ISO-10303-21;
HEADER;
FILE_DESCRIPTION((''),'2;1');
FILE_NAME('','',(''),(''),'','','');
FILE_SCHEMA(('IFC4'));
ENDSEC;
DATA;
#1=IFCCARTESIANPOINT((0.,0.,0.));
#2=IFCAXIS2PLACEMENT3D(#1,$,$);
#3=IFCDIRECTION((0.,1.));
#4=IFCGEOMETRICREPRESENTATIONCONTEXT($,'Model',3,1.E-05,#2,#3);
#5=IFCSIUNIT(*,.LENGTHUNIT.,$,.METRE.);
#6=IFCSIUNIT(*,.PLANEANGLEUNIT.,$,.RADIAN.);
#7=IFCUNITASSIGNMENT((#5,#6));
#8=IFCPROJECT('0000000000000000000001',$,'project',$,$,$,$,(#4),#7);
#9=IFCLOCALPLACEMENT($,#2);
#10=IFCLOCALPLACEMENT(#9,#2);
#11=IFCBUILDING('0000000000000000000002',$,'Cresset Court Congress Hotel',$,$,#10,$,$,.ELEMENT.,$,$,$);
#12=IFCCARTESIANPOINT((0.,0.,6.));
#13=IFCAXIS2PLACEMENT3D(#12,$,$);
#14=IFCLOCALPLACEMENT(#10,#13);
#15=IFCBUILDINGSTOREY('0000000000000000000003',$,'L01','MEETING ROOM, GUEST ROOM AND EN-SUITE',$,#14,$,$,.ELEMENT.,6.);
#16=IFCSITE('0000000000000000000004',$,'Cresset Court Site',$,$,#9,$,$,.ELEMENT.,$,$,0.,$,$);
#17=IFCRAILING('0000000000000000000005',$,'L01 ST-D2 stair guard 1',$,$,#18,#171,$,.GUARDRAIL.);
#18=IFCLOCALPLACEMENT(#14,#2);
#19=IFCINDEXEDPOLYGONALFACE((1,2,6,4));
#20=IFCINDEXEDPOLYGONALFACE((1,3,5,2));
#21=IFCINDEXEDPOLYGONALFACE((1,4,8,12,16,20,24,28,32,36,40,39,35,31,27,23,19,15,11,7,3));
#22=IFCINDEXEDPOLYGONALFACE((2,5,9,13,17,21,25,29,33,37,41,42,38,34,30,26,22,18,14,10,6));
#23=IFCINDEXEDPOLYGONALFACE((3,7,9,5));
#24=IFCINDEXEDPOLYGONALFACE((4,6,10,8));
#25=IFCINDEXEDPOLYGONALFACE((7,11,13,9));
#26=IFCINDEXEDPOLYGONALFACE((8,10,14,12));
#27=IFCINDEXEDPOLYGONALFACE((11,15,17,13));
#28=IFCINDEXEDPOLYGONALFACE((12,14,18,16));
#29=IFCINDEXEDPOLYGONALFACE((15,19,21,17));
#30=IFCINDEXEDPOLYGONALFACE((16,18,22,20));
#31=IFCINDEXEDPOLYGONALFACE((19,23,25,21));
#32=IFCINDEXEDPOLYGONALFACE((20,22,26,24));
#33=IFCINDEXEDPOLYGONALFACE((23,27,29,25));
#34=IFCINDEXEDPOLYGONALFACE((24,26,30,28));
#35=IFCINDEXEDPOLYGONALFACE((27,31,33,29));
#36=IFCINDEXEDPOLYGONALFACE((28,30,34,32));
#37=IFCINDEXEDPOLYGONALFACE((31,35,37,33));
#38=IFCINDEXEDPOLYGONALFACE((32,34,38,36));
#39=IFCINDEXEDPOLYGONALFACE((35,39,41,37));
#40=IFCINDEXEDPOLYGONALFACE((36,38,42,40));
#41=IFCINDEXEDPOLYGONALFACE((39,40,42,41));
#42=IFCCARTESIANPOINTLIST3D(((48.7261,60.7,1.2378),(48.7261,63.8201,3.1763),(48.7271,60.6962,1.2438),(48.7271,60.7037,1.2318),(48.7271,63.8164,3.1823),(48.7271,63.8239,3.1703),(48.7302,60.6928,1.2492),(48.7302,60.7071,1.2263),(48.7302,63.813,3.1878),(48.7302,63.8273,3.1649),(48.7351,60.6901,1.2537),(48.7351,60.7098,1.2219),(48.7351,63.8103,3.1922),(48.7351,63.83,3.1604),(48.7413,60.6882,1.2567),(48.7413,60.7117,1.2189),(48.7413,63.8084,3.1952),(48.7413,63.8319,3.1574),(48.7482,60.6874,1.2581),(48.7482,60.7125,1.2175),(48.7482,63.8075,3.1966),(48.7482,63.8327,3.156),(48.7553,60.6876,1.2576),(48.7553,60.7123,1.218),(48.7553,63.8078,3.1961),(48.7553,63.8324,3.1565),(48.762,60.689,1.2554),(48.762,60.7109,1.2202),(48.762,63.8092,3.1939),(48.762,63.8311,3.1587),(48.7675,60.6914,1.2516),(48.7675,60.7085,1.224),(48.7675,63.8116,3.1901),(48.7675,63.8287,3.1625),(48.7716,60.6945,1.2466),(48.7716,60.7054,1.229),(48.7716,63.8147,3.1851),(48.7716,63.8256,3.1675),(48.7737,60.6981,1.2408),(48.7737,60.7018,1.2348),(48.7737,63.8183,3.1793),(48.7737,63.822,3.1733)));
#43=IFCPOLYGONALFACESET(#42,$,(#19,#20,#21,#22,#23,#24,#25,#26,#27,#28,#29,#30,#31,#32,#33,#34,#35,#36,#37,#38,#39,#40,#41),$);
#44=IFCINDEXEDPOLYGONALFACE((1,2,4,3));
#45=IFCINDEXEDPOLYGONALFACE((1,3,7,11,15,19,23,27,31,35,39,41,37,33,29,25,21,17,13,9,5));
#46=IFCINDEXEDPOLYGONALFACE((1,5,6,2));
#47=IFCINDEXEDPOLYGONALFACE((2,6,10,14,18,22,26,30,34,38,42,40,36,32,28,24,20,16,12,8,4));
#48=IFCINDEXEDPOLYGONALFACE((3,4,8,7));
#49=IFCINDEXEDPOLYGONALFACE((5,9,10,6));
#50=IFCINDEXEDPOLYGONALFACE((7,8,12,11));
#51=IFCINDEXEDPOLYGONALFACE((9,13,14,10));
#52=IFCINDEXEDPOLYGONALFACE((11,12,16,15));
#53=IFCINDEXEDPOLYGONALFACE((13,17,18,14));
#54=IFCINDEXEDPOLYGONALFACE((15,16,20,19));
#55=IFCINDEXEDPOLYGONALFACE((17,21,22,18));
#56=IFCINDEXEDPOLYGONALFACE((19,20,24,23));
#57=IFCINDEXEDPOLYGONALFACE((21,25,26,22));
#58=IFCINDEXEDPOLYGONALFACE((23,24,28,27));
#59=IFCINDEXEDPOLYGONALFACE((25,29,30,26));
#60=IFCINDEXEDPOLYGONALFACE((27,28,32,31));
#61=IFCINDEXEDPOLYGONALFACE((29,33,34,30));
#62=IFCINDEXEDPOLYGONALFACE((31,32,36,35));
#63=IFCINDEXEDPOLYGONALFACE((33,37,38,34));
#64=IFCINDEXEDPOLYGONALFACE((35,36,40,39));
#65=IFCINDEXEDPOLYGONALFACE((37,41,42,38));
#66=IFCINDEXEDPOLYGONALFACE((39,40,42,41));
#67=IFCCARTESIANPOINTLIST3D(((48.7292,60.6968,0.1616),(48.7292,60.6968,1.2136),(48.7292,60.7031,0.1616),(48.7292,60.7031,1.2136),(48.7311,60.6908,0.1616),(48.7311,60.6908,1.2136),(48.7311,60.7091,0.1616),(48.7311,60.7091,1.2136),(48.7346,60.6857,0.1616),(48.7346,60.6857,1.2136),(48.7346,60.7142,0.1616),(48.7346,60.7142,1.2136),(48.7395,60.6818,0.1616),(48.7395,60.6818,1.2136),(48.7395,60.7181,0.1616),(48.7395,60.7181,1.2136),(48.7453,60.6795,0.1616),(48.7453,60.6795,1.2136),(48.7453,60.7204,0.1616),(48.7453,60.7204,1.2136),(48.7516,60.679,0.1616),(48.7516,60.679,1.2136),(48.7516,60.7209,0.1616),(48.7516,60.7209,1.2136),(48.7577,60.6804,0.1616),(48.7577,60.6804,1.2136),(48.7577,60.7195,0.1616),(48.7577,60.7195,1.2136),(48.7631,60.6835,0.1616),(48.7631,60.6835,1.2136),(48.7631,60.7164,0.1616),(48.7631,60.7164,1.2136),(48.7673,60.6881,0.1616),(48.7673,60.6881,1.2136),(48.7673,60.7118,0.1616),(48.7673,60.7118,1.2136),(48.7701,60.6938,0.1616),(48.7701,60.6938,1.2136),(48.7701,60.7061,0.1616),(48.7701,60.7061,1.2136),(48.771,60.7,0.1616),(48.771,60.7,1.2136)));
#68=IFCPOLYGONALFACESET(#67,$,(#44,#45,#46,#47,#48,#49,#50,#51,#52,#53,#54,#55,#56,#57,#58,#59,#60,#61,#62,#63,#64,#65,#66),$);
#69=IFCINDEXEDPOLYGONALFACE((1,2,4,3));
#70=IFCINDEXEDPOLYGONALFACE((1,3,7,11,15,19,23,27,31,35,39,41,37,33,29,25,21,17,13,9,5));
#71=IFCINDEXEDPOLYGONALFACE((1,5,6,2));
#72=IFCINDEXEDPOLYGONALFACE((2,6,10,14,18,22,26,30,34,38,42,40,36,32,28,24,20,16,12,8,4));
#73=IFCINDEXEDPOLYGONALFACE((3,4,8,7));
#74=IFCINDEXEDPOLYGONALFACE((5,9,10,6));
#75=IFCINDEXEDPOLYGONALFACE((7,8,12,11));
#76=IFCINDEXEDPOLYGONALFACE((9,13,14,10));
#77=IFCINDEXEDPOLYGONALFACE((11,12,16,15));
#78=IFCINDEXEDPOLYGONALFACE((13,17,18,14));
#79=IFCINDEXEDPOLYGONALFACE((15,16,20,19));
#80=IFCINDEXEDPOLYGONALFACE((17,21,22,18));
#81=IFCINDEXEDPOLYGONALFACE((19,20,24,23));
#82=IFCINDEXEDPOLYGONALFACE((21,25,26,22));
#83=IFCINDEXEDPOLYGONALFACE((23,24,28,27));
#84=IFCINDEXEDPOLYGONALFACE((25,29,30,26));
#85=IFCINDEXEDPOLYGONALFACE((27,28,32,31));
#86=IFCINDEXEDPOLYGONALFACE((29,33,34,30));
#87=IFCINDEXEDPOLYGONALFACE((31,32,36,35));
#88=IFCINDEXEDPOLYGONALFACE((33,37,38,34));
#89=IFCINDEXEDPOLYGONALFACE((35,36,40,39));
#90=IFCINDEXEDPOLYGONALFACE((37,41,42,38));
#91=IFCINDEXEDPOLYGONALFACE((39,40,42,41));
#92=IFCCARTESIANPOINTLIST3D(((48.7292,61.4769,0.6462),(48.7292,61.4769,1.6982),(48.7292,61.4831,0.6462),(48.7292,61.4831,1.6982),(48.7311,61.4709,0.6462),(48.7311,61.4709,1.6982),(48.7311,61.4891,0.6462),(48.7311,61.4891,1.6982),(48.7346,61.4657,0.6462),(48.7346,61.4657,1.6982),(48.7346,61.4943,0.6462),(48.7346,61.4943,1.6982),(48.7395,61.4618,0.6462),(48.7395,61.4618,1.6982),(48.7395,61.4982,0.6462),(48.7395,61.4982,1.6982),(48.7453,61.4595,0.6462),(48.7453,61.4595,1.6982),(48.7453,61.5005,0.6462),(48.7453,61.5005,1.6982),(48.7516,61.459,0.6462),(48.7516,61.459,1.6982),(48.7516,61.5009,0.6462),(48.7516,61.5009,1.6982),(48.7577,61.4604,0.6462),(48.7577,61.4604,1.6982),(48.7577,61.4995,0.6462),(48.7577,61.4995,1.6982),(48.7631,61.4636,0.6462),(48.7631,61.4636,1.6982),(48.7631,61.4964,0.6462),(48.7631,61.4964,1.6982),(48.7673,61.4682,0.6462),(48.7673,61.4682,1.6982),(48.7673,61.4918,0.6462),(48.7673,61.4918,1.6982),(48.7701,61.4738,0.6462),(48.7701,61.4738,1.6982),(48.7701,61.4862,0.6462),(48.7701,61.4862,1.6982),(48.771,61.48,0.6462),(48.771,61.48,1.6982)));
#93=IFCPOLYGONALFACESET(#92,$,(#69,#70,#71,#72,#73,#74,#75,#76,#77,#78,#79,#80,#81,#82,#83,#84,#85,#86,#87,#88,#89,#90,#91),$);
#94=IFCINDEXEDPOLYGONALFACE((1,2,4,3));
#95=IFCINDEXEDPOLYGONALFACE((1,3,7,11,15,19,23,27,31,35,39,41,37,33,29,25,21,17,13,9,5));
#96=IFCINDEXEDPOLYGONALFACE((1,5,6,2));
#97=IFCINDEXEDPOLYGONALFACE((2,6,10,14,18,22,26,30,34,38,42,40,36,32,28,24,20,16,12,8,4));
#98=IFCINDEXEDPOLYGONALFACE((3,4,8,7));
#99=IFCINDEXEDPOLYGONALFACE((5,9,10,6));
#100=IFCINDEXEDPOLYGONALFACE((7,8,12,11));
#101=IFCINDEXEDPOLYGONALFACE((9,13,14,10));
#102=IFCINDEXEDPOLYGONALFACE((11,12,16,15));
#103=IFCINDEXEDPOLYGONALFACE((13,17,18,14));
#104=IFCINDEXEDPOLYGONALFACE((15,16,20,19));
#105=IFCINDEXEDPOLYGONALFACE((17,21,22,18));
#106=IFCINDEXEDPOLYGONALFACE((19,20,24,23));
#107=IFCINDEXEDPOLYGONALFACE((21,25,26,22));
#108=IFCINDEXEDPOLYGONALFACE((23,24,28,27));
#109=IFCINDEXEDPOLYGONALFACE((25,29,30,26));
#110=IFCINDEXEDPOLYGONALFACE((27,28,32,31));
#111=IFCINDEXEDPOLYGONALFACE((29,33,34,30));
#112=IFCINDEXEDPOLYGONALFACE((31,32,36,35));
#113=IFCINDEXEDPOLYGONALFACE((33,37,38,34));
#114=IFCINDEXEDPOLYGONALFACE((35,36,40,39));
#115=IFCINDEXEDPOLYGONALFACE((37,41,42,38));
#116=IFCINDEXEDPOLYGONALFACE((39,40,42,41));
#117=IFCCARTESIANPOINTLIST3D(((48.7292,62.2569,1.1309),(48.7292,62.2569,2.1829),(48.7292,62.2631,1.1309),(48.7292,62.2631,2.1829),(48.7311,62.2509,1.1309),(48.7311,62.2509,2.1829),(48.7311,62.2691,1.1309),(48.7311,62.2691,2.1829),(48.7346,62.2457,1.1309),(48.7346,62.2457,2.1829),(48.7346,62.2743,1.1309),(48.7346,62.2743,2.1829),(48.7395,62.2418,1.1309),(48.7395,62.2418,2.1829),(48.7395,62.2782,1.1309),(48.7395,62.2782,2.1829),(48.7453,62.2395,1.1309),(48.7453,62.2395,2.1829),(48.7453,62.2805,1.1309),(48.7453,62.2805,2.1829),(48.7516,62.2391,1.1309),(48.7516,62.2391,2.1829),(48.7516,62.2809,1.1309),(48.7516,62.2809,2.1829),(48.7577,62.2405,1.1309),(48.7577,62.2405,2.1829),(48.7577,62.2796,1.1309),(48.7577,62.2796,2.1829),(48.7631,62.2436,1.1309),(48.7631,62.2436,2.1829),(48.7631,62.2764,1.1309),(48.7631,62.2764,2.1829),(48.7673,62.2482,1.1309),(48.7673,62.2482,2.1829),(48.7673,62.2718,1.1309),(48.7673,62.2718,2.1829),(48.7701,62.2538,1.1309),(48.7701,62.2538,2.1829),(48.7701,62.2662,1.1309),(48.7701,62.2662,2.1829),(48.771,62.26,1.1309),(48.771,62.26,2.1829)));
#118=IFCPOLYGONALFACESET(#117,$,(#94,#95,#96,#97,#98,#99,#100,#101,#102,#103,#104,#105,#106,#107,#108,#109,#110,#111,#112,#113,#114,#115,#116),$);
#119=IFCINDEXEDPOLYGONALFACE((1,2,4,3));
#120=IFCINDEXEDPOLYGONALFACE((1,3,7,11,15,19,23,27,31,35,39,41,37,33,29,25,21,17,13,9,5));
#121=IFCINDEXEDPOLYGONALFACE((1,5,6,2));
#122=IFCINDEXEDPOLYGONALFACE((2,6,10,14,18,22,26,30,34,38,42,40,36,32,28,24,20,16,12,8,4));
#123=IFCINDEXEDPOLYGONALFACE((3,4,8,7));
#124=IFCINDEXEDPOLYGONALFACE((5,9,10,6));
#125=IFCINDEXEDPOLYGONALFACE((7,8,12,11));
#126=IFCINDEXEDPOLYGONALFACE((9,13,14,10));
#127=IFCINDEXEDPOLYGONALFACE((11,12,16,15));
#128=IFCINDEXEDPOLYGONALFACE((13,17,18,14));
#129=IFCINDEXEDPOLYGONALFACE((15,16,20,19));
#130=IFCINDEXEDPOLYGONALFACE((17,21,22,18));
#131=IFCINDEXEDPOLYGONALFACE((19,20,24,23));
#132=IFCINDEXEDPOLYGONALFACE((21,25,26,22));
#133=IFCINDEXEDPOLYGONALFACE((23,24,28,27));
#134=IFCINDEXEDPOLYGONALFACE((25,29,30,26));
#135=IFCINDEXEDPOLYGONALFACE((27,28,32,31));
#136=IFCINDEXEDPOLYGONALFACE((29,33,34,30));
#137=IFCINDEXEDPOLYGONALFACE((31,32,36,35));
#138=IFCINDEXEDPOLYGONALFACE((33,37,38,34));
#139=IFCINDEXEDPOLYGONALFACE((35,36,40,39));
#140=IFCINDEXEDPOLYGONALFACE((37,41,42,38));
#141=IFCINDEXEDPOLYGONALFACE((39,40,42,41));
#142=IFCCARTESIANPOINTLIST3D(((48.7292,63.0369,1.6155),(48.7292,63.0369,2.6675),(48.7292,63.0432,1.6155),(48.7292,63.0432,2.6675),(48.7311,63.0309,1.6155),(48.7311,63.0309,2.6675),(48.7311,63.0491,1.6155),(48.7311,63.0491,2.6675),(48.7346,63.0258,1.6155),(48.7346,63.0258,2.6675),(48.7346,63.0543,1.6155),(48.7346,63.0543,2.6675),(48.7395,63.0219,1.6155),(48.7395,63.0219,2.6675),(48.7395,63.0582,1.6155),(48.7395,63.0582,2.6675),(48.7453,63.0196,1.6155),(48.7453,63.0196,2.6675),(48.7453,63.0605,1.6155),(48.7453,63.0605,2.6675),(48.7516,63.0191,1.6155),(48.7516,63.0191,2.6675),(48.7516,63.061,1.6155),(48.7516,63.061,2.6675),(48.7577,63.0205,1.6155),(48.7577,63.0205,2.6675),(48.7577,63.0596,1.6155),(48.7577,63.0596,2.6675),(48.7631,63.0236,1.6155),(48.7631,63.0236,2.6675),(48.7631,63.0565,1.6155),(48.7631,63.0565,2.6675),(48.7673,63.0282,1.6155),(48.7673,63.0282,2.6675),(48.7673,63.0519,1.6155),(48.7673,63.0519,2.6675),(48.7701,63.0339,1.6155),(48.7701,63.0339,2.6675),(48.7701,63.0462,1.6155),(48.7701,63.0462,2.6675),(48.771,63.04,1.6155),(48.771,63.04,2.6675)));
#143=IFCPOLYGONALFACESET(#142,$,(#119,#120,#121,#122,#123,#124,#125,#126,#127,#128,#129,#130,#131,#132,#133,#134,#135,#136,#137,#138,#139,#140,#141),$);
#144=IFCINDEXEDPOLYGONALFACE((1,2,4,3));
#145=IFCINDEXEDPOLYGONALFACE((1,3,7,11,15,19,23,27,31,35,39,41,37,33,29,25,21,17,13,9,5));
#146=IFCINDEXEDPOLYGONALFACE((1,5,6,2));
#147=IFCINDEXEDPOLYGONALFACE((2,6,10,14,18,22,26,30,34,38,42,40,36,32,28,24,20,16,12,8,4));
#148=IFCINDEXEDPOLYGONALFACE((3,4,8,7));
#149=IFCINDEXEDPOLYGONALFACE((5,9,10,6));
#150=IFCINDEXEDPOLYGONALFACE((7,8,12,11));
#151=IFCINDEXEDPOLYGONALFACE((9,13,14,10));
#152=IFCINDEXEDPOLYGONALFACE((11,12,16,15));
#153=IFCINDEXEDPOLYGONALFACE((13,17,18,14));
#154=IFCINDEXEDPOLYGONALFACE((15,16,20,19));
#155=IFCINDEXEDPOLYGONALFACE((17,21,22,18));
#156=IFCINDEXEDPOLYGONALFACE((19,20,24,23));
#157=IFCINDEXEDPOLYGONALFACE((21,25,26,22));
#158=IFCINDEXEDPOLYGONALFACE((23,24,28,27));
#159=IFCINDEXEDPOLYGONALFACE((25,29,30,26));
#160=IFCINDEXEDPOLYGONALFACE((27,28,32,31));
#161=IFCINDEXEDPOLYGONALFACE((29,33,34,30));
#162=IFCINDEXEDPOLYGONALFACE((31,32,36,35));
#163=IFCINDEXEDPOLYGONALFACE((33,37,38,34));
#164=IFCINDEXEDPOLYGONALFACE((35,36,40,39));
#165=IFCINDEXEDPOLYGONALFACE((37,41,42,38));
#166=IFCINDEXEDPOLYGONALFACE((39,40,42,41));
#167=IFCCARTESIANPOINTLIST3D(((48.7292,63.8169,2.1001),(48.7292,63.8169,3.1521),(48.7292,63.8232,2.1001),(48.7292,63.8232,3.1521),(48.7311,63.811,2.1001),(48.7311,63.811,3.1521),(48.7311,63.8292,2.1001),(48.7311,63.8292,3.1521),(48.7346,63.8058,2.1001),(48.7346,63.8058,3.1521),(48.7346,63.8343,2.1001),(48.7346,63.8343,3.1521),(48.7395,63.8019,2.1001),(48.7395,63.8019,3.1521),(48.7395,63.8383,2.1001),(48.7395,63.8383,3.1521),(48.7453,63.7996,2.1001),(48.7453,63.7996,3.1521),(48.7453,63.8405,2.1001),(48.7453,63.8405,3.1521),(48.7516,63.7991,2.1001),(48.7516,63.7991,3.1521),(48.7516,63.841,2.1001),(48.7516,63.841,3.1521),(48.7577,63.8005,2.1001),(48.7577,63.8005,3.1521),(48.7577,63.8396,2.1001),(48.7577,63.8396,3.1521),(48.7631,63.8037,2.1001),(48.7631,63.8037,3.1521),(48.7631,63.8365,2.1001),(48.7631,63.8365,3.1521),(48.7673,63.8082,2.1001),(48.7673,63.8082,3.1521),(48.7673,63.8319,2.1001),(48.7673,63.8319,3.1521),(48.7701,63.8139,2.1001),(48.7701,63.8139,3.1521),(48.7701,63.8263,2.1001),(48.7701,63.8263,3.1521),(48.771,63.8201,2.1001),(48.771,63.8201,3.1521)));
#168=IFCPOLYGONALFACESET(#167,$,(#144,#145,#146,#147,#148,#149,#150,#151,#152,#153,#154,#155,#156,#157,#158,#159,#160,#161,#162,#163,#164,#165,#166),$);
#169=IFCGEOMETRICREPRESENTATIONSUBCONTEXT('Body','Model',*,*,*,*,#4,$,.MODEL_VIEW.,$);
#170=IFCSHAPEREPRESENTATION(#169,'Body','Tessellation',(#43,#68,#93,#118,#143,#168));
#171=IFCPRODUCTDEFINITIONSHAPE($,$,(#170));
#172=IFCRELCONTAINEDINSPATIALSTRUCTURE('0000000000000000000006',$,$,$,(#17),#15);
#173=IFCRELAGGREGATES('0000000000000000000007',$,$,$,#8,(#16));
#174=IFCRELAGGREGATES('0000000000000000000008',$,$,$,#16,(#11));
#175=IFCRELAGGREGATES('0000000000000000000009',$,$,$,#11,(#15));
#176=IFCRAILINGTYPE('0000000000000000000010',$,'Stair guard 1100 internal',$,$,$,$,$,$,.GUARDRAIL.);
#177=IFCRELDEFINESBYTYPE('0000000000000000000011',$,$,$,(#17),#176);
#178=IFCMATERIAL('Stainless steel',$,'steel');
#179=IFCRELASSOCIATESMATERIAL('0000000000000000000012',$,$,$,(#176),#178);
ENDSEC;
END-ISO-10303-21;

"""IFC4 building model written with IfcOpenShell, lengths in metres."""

from ifc_helpers import new_model, si_unit, direction, frame, origin, origin_2d, place, context, subcontext, project, spatial, circle, extrude, material, type_object, element, save


model = new_model("IFC4")

# Units and contexts
model_context = context("Model", 3, precision=1e-05, world=origin(), true_north=direction((0.0, 1.0)))
body_context = subcontext(model_context, "Body", "Model", "MODEL_VIEW")
ifc_project = project(units=[si_unit("LENGTHUNIT", "METRE"), si_unit("PLANEANGLEUNIT", "RADIAN")], contexts=[model_context])

# Site, building, storey
site_placement = place(None, origin())
site = spatial("IfcSite", under=ifc_project, at=site_placement, Name="Cresset Court Site", CompositionType="ELEMENT", RefElevation=0.0)
building_placement = place(site_placement, origin())
building = spatial("IfcBuilding", under=site, at=building_placement, Name="Cresset Court Congress Hotel", CompositionType="ELEMENT")
storey_placement = place(building_placement, frame((0.0, 0.0, 6.0)))
storey = spatial("IfcBuildingStorey", under=building, at=storey_placement, Name="L01", Description="MEETING ROOM, GUEST ROOM AND EN-SUITE", CompositionType="ELEMENT", Elevation=6.0)

# Railing
ifc_material_1 = material(Name="Stainless steel", Category="steel")
railing_type_1 = type_object("IfcRailingType", Name="Stair guard 1100 internal", PredefinedType="GUARDRAIL", material=ifc_material_1)
railing_1_placement = place(storey_placement, frame((48.75, 60.7, 0.1616)))
element("IfcRailing", 1, at=railing_1_placement, inside=storey, type_object=railing_type_1, Name="L01 ST-D2 stair guard 1", PredefinedType="GUARDRAIL", context=body_context, shape_type="SweptSolid", body=[
    extrude(circle(Radius=0.0239, at=origin_2d()), frame((0.0, 0.0, 1.0762), z_axis=(0.0, 0.849414, 0.527727), x_axis=(-1.0, 0.0, 0.0)), (0.0, 0.0, 1.0), 3.6733),
    extrude(circle(Radius=0.021, at=origin_2d()), origin(), (0.0, 0.0, 1.0), 1.052),
    extrude(circle(Radius=0.021, at=origin_2d()), frame((0.0, 0.78, 0.4846)), (0.0, 0.0, 1.0), 1.052),
    extrude(circle(Radius=0.021, at=origin_2d()), frame((0.0, 1.5601, 0.9692)), (0.0, 0.0, 1.0), 1.052),
    extrude(circle(Radius=0.021, at=origin_2d()), frame((0.0, 2.3401, 1.4539)), (0.0, 0.0, 1.0), 1.052),
    extrude(circle(Radius=0.021, at=origin_2d()), frame((0.0, 3.1201, 1.9385)), (0.0, 0.0, 1.0), 1.052),
])

save(model, "model.ifc")
